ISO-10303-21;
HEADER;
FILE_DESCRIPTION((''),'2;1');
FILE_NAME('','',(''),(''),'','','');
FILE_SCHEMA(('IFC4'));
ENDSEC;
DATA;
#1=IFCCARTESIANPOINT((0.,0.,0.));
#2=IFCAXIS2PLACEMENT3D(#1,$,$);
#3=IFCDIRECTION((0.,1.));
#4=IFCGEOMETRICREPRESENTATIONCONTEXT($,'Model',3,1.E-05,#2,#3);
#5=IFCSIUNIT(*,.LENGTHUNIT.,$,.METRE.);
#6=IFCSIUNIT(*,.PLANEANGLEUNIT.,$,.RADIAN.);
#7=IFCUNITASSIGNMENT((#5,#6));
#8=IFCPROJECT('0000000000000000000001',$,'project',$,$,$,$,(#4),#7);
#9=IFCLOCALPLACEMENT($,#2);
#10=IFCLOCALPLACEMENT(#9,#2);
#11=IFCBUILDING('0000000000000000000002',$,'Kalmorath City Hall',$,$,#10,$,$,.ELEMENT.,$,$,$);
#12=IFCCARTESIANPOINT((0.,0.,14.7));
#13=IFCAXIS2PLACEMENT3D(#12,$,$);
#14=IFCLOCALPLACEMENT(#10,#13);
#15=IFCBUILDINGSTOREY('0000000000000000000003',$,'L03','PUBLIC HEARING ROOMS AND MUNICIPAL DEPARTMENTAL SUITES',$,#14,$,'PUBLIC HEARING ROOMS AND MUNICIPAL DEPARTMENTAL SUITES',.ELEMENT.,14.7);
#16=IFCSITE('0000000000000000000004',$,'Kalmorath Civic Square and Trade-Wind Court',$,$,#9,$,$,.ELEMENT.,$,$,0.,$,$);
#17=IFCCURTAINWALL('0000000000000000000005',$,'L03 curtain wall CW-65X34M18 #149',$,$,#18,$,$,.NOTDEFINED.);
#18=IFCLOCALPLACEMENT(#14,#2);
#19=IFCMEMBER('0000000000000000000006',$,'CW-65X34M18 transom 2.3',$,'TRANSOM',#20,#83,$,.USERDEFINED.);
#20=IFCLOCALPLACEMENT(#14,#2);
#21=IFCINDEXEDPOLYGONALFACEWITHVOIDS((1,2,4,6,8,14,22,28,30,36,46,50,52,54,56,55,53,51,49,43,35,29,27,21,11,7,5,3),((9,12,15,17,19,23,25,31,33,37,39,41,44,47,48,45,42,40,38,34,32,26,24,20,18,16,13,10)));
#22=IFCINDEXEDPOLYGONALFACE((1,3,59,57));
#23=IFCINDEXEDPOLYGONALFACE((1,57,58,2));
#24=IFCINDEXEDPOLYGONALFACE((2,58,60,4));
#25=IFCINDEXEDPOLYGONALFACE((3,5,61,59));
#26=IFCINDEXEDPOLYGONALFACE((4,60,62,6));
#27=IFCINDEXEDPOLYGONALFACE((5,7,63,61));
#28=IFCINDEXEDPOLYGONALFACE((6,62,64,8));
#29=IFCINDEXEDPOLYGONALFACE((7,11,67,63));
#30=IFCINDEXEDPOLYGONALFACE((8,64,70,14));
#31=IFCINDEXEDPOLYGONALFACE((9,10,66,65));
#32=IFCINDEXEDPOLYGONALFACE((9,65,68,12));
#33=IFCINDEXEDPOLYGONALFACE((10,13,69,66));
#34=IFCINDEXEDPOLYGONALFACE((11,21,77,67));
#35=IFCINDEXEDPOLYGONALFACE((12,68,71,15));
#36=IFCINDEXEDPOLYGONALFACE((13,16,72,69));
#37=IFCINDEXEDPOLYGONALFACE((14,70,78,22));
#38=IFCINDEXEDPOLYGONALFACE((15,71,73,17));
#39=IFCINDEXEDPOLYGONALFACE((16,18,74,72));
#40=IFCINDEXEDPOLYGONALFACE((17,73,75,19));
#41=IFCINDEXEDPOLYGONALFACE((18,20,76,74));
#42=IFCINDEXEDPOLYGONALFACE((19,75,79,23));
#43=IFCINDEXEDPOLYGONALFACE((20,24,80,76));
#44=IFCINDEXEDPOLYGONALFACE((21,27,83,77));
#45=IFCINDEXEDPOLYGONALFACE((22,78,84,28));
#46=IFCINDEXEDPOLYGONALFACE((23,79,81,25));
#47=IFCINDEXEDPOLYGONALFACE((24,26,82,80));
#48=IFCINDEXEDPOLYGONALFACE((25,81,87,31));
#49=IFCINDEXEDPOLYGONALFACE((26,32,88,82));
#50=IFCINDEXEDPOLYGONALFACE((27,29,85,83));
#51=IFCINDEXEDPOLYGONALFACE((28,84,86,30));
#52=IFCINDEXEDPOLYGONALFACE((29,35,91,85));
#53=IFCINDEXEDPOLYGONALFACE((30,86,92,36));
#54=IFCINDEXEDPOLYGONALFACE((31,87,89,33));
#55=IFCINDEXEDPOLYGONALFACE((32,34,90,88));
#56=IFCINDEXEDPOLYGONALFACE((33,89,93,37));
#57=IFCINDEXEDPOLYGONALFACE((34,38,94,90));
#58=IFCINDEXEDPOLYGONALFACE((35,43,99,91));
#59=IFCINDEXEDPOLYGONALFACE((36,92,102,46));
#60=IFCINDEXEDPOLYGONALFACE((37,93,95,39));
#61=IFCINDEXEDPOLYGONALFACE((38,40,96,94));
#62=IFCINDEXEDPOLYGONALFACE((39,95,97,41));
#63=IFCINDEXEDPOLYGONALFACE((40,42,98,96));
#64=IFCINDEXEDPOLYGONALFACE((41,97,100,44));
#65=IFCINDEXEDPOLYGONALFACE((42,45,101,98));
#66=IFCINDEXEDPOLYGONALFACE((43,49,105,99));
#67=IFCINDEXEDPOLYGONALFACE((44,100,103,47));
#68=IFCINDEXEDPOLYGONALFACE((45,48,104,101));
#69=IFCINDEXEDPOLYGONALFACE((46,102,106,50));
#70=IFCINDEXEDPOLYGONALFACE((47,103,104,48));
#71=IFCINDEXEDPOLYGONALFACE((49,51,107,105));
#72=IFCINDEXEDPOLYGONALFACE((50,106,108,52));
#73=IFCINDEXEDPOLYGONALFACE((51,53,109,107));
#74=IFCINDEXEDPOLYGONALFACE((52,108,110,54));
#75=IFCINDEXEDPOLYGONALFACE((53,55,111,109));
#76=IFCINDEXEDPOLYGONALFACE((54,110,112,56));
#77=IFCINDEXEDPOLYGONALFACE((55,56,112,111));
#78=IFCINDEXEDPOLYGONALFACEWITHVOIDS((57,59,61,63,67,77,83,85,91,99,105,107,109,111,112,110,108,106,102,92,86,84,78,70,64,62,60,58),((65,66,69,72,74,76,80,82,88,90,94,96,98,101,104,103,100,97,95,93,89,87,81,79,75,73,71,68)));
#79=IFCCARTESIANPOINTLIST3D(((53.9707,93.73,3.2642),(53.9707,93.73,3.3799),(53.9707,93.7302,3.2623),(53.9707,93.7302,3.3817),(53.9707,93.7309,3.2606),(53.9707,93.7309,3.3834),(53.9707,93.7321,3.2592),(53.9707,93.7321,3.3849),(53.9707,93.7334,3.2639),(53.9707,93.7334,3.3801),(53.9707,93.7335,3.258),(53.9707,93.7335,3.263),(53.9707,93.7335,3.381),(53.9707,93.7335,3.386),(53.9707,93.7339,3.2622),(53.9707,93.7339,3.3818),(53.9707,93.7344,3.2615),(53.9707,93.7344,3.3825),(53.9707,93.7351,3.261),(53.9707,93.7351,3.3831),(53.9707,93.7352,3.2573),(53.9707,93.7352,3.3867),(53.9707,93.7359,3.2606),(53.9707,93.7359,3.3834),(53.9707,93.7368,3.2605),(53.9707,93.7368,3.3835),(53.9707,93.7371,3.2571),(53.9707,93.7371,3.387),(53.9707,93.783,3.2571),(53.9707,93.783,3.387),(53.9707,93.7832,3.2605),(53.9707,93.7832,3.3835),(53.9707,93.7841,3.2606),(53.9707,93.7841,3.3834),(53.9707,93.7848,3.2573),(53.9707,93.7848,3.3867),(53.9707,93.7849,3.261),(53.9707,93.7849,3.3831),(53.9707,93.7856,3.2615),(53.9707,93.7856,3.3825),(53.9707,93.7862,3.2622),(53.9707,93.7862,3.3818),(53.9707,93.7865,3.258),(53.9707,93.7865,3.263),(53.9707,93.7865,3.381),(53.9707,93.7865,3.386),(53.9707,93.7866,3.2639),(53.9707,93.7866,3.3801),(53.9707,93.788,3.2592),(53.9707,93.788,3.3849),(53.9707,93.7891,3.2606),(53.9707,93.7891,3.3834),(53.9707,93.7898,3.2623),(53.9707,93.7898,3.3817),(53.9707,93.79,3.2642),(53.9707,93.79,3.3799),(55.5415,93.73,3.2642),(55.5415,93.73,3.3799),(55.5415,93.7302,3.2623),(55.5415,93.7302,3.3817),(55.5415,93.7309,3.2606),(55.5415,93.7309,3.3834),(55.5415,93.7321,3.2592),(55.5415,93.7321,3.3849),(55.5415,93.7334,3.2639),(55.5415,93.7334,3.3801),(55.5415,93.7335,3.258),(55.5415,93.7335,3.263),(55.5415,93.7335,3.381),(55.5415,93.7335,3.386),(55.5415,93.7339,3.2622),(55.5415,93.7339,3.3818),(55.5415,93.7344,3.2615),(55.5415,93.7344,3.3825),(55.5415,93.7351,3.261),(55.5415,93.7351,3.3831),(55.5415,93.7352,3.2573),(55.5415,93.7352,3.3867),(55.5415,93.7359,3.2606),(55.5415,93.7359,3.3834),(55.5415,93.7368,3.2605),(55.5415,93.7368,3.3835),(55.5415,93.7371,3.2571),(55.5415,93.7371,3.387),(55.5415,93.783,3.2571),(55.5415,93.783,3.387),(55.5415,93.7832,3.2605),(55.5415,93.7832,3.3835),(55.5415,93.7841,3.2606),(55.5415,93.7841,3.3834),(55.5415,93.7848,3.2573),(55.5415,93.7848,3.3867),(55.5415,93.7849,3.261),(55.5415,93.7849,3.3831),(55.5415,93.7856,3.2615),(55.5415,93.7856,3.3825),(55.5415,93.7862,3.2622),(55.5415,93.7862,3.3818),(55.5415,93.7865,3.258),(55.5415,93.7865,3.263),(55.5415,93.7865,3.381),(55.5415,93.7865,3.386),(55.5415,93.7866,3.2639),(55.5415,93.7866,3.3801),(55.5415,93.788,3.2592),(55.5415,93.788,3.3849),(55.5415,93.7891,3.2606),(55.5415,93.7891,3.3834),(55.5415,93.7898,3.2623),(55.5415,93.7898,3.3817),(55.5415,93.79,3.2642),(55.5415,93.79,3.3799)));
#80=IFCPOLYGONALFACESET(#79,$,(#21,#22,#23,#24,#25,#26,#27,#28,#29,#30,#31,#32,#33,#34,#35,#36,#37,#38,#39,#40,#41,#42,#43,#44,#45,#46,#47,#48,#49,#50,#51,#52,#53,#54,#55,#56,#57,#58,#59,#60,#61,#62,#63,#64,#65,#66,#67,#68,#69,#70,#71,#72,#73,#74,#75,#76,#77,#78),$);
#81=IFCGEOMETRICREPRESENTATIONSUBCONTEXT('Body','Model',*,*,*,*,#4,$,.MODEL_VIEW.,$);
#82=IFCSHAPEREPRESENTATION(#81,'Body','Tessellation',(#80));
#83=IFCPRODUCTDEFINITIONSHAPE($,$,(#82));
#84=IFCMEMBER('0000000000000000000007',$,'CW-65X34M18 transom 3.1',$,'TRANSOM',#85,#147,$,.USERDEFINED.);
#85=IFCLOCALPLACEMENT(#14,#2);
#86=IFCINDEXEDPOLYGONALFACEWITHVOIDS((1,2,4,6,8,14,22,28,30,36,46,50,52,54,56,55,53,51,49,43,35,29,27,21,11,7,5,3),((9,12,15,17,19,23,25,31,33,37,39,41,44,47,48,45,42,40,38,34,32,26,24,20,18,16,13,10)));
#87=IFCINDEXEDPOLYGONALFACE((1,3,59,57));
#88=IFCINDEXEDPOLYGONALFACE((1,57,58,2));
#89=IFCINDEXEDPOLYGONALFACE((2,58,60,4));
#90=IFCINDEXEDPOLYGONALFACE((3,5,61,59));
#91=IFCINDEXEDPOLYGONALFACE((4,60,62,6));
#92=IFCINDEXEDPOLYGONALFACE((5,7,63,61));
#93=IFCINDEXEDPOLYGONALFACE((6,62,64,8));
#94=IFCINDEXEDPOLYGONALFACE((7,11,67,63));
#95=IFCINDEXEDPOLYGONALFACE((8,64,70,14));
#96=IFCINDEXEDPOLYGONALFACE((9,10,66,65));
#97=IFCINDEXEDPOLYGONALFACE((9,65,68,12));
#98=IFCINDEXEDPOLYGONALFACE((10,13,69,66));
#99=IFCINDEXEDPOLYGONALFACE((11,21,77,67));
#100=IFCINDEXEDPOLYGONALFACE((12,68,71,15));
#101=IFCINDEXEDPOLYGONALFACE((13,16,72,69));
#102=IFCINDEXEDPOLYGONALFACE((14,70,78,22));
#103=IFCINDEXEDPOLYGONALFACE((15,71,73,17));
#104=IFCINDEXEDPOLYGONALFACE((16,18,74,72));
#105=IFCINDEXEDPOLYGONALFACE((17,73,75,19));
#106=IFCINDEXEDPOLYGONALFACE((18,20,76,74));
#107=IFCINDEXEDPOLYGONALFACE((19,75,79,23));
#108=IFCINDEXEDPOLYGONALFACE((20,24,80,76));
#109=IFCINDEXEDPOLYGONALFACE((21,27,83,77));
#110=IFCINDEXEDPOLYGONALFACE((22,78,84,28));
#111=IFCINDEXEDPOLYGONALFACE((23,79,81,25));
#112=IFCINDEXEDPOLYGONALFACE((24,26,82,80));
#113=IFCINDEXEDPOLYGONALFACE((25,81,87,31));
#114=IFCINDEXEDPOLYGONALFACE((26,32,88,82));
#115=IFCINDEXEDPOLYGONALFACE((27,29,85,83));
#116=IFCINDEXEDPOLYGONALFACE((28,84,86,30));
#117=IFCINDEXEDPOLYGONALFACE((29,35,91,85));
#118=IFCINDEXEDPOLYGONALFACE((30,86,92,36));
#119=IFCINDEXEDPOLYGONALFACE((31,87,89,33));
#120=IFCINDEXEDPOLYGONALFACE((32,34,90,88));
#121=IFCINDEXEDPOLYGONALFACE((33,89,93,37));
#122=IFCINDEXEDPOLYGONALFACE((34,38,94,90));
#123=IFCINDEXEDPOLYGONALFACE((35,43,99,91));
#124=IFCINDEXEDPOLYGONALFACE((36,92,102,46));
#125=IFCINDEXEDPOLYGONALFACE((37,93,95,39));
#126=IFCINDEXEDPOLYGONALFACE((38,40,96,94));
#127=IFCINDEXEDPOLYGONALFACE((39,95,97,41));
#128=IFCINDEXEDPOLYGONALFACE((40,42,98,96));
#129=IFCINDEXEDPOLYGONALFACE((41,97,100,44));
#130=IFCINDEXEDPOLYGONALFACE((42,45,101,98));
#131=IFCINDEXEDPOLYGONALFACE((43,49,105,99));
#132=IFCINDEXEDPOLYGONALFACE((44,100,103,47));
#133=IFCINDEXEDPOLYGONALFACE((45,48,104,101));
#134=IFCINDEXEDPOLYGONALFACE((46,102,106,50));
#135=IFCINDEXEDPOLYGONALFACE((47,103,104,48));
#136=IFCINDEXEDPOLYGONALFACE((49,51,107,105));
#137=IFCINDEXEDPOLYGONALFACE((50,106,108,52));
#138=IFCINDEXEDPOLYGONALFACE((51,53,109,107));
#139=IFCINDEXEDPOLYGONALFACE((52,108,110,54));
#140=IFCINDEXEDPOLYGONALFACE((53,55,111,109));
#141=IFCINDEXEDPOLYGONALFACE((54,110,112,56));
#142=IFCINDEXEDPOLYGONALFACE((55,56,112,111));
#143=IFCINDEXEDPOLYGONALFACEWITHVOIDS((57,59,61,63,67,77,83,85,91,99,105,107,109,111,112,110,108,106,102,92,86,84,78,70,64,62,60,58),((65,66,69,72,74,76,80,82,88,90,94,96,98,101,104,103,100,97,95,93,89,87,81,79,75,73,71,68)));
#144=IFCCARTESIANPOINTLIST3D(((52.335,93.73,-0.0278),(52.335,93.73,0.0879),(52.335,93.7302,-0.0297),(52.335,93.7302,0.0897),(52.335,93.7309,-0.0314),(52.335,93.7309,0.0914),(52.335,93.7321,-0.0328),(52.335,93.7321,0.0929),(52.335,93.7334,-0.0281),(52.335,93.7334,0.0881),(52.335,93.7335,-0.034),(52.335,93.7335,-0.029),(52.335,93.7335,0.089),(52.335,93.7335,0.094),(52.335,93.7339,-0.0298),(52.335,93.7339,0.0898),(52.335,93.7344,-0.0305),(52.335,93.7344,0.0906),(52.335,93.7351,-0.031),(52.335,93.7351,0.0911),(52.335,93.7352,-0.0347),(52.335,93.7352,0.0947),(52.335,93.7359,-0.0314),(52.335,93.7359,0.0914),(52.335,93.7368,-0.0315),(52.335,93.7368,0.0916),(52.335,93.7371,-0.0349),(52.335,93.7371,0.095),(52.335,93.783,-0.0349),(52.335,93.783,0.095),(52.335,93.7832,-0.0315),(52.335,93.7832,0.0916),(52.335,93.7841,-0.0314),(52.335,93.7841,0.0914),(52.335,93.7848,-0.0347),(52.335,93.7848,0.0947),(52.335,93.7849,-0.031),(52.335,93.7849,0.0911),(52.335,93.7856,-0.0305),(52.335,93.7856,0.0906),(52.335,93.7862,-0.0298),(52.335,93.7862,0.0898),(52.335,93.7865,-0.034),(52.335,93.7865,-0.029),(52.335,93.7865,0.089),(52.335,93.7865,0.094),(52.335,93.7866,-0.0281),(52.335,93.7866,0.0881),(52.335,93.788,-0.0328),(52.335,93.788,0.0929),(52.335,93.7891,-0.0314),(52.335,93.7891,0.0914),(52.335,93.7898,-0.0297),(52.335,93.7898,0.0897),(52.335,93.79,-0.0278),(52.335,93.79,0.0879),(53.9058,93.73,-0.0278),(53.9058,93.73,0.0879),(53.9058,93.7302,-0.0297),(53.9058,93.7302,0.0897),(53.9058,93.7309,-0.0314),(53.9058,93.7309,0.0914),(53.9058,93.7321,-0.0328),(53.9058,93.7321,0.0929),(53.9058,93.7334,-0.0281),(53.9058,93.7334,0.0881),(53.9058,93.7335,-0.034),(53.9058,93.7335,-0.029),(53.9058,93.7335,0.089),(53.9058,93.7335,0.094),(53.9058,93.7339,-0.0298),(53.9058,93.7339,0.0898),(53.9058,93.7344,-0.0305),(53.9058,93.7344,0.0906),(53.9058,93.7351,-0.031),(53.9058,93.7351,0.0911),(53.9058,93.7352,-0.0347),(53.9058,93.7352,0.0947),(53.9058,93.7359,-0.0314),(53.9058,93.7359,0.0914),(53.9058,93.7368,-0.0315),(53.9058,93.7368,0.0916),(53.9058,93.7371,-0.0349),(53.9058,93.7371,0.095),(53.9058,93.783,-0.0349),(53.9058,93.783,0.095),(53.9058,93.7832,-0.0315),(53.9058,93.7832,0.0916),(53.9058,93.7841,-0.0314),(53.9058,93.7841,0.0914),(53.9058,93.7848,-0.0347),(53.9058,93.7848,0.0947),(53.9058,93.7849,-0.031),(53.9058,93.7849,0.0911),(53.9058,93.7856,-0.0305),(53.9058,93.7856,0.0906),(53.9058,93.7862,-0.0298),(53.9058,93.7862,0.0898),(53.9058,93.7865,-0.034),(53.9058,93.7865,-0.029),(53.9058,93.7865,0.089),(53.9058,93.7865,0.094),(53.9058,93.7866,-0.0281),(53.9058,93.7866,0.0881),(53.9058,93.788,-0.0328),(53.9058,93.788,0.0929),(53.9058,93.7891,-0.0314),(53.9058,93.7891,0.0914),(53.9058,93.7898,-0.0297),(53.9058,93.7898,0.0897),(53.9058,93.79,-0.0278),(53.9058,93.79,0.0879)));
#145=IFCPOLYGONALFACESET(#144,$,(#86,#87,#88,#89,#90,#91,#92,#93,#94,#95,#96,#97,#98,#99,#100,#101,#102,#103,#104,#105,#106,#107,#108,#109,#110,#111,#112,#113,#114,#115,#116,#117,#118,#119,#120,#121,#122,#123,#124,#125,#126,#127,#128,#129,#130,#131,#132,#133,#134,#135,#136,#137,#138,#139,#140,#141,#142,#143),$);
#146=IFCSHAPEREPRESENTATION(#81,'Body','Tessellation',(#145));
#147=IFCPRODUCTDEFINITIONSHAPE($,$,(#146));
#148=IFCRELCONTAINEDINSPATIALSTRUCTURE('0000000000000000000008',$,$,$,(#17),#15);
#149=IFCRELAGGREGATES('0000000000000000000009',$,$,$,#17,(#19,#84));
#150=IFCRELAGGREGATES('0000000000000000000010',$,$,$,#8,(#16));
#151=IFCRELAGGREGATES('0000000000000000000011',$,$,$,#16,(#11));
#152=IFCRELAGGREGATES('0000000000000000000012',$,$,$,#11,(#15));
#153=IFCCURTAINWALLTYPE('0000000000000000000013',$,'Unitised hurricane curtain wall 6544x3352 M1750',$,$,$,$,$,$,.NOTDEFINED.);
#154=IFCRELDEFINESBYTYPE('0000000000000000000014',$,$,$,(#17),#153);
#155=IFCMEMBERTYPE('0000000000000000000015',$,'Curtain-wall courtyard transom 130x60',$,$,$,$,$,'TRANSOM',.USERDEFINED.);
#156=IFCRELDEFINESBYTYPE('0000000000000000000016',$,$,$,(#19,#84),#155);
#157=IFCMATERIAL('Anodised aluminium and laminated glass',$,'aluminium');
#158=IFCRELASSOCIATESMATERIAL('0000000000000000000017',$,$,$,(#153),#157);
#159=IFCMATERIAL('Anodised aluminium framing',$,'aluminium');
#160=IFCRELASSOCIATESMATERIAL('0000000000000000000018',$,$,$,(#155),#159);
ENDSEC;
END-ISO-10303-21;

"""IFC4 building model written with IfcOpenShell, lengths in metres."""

from ifc_helpers import new_model, si_unit, direction, frame, origin, origin_2d, place, context, subcontext, project, spatial, hollow_rectangle, extrude, material, material_profile, profile_set, type_object, element, aggregate, save


model = new_model("IFC4")

# Units and contexts
model_context = context("Model", 3, precision=1e-05, world=origin(), true_north=direction((0.0, 1.0)))
body_context = subcontext(model_context, "Body", "Model", "MODEL_VIEW")
ifc_project = project(units=[si_unit("LENGTHUNIT", "METRE"), si_unit("PLANEANGLEUNIT", "RADIAN")], contexts=[model_context])

# Site, building, storey
site_placement = place(None, origin())
site = spatial("IfcSite", under=ifc_project, at=site_placement, Name="Kalmorath Civic Square and Trade-Wind Court", CompositionType="ELEMENT", RefElevation=0.0)
building_placement = place(site_placement, origin())
building = spatial("IfcBuilding", under=site, at=building_placement, Name="Kalmorath City Hall", CompositionType="ELEMENT")
storey_placement = place(building_placement, frame((0.0, 0.0, 14.7)))
storey = spatial("IfcBuildingStorey", under=building, at=storey_placement, Name="L03", Description="PUBLIC HEARING ROOMS AND MUNICIPAL DEPARTMENTAL SUITES", LongName="PUBLIC HEARING ROOMS AND MUNICIPAL DEPARTMENTAL SUITES", CompositionType="ELEMENT", Elevation=14.7)

# Curtain wall, members
ifc_material_1 = material(Name="Anodised aluminium and laminated glass", Category="aluminium")
curtain_wall_type_1 = type_object("IfcCurtainWallType", Name="Unitised hurricane curtain wall 6544x3352 M1750", PredefinedType="NOTDEFINED", material=ifc_material_1)
curtain_wall_1_placement = place(storey_placement, origin())
curtain_wall_1 = element("IfcCurtainWall", 1, at=curtain_wall_1_placement, inside=storey, type_object=curtain_wall_type_1, Name="L03 curtain wall CW-65X34M18 #149", PredefinedType="NOTDEFINED")
ifc_material_2 = material(Name="Anodised aluminium framing", Category="aluminium")
ifc_material_profile_1 = material_profile(ifc_material_2, hollow_rectangle(XDim=0.0601, YDim=0.1299, WallThickness=0.0034, InnerFilletRadius=0.0034, OuterFilletRadius=0.0071, at=origin_2d()), Name="ALU-TRN-130X60X3.5")
ifc_profile_set_1 = profile_set([ifc_material_profile_1], Name="Anodised aluminium framing")
member_type_1 = type_object("IfcMemberType", Name="Curtain-wall courtyard transom 130x60", ElementType="TRANSOM", PredefinedType="USERDEFINED", material=ifc_profile_set_1)
member_1_placement = place(storey_placement, frame((55.5415, 93.76, 3.322), z_axis=(-1.0, 0.0, 0.0), x_axis=(0.0, -1.0, 0.0)))
member_1 = element("IfcMember", 2, at=member_1_placement, type_object=member_type_1, Name="CW-65X34M18 transom 2.3", ObjectType="TRANSOM", PredefinedType="USERDEFINED", context=body_context, shape_type="SweptSolid", body=[
    extrude(hollow_rectangle(XDim=0.0601, YDim=0.1299, WallThickness=0.0034, InnerFilletRadius=0.0034, OuterFilletRadius=0.0071, at=origin_2d()), origin(), (0.0, 0.0, 1.0), 1.5708),
])
member_2_placement = place(storey_placement, frame((53.9058, 93.76, 0.03), z_axis=(-1.0, 0.0, 0.0), x_axis=(0.0, -1.0, 0.0)))
member_2 = element("IfcMember", 3, at=member_2_placement, type_object=member_type_1, Name="CW-65X34M18 transom 3.1", ObjectType="TRANSOM", PredefinedType="USERDEFINED", context=body_context, shape_type="SweptSolid", body=[
    extrude(hollow_rectangle(XDim=0.0601, YDim=0.1299, WallThickness=0.0034, InnerFilletRadius=0.0034, OuterFilletRadius=0.0071, at=origin_2d()), origin(), (0.0, 0.0, 1.0), 1.5708),
])

aggregate(curtain_wall_1, [member_1, member_2])

save(model, "model.ifc")
